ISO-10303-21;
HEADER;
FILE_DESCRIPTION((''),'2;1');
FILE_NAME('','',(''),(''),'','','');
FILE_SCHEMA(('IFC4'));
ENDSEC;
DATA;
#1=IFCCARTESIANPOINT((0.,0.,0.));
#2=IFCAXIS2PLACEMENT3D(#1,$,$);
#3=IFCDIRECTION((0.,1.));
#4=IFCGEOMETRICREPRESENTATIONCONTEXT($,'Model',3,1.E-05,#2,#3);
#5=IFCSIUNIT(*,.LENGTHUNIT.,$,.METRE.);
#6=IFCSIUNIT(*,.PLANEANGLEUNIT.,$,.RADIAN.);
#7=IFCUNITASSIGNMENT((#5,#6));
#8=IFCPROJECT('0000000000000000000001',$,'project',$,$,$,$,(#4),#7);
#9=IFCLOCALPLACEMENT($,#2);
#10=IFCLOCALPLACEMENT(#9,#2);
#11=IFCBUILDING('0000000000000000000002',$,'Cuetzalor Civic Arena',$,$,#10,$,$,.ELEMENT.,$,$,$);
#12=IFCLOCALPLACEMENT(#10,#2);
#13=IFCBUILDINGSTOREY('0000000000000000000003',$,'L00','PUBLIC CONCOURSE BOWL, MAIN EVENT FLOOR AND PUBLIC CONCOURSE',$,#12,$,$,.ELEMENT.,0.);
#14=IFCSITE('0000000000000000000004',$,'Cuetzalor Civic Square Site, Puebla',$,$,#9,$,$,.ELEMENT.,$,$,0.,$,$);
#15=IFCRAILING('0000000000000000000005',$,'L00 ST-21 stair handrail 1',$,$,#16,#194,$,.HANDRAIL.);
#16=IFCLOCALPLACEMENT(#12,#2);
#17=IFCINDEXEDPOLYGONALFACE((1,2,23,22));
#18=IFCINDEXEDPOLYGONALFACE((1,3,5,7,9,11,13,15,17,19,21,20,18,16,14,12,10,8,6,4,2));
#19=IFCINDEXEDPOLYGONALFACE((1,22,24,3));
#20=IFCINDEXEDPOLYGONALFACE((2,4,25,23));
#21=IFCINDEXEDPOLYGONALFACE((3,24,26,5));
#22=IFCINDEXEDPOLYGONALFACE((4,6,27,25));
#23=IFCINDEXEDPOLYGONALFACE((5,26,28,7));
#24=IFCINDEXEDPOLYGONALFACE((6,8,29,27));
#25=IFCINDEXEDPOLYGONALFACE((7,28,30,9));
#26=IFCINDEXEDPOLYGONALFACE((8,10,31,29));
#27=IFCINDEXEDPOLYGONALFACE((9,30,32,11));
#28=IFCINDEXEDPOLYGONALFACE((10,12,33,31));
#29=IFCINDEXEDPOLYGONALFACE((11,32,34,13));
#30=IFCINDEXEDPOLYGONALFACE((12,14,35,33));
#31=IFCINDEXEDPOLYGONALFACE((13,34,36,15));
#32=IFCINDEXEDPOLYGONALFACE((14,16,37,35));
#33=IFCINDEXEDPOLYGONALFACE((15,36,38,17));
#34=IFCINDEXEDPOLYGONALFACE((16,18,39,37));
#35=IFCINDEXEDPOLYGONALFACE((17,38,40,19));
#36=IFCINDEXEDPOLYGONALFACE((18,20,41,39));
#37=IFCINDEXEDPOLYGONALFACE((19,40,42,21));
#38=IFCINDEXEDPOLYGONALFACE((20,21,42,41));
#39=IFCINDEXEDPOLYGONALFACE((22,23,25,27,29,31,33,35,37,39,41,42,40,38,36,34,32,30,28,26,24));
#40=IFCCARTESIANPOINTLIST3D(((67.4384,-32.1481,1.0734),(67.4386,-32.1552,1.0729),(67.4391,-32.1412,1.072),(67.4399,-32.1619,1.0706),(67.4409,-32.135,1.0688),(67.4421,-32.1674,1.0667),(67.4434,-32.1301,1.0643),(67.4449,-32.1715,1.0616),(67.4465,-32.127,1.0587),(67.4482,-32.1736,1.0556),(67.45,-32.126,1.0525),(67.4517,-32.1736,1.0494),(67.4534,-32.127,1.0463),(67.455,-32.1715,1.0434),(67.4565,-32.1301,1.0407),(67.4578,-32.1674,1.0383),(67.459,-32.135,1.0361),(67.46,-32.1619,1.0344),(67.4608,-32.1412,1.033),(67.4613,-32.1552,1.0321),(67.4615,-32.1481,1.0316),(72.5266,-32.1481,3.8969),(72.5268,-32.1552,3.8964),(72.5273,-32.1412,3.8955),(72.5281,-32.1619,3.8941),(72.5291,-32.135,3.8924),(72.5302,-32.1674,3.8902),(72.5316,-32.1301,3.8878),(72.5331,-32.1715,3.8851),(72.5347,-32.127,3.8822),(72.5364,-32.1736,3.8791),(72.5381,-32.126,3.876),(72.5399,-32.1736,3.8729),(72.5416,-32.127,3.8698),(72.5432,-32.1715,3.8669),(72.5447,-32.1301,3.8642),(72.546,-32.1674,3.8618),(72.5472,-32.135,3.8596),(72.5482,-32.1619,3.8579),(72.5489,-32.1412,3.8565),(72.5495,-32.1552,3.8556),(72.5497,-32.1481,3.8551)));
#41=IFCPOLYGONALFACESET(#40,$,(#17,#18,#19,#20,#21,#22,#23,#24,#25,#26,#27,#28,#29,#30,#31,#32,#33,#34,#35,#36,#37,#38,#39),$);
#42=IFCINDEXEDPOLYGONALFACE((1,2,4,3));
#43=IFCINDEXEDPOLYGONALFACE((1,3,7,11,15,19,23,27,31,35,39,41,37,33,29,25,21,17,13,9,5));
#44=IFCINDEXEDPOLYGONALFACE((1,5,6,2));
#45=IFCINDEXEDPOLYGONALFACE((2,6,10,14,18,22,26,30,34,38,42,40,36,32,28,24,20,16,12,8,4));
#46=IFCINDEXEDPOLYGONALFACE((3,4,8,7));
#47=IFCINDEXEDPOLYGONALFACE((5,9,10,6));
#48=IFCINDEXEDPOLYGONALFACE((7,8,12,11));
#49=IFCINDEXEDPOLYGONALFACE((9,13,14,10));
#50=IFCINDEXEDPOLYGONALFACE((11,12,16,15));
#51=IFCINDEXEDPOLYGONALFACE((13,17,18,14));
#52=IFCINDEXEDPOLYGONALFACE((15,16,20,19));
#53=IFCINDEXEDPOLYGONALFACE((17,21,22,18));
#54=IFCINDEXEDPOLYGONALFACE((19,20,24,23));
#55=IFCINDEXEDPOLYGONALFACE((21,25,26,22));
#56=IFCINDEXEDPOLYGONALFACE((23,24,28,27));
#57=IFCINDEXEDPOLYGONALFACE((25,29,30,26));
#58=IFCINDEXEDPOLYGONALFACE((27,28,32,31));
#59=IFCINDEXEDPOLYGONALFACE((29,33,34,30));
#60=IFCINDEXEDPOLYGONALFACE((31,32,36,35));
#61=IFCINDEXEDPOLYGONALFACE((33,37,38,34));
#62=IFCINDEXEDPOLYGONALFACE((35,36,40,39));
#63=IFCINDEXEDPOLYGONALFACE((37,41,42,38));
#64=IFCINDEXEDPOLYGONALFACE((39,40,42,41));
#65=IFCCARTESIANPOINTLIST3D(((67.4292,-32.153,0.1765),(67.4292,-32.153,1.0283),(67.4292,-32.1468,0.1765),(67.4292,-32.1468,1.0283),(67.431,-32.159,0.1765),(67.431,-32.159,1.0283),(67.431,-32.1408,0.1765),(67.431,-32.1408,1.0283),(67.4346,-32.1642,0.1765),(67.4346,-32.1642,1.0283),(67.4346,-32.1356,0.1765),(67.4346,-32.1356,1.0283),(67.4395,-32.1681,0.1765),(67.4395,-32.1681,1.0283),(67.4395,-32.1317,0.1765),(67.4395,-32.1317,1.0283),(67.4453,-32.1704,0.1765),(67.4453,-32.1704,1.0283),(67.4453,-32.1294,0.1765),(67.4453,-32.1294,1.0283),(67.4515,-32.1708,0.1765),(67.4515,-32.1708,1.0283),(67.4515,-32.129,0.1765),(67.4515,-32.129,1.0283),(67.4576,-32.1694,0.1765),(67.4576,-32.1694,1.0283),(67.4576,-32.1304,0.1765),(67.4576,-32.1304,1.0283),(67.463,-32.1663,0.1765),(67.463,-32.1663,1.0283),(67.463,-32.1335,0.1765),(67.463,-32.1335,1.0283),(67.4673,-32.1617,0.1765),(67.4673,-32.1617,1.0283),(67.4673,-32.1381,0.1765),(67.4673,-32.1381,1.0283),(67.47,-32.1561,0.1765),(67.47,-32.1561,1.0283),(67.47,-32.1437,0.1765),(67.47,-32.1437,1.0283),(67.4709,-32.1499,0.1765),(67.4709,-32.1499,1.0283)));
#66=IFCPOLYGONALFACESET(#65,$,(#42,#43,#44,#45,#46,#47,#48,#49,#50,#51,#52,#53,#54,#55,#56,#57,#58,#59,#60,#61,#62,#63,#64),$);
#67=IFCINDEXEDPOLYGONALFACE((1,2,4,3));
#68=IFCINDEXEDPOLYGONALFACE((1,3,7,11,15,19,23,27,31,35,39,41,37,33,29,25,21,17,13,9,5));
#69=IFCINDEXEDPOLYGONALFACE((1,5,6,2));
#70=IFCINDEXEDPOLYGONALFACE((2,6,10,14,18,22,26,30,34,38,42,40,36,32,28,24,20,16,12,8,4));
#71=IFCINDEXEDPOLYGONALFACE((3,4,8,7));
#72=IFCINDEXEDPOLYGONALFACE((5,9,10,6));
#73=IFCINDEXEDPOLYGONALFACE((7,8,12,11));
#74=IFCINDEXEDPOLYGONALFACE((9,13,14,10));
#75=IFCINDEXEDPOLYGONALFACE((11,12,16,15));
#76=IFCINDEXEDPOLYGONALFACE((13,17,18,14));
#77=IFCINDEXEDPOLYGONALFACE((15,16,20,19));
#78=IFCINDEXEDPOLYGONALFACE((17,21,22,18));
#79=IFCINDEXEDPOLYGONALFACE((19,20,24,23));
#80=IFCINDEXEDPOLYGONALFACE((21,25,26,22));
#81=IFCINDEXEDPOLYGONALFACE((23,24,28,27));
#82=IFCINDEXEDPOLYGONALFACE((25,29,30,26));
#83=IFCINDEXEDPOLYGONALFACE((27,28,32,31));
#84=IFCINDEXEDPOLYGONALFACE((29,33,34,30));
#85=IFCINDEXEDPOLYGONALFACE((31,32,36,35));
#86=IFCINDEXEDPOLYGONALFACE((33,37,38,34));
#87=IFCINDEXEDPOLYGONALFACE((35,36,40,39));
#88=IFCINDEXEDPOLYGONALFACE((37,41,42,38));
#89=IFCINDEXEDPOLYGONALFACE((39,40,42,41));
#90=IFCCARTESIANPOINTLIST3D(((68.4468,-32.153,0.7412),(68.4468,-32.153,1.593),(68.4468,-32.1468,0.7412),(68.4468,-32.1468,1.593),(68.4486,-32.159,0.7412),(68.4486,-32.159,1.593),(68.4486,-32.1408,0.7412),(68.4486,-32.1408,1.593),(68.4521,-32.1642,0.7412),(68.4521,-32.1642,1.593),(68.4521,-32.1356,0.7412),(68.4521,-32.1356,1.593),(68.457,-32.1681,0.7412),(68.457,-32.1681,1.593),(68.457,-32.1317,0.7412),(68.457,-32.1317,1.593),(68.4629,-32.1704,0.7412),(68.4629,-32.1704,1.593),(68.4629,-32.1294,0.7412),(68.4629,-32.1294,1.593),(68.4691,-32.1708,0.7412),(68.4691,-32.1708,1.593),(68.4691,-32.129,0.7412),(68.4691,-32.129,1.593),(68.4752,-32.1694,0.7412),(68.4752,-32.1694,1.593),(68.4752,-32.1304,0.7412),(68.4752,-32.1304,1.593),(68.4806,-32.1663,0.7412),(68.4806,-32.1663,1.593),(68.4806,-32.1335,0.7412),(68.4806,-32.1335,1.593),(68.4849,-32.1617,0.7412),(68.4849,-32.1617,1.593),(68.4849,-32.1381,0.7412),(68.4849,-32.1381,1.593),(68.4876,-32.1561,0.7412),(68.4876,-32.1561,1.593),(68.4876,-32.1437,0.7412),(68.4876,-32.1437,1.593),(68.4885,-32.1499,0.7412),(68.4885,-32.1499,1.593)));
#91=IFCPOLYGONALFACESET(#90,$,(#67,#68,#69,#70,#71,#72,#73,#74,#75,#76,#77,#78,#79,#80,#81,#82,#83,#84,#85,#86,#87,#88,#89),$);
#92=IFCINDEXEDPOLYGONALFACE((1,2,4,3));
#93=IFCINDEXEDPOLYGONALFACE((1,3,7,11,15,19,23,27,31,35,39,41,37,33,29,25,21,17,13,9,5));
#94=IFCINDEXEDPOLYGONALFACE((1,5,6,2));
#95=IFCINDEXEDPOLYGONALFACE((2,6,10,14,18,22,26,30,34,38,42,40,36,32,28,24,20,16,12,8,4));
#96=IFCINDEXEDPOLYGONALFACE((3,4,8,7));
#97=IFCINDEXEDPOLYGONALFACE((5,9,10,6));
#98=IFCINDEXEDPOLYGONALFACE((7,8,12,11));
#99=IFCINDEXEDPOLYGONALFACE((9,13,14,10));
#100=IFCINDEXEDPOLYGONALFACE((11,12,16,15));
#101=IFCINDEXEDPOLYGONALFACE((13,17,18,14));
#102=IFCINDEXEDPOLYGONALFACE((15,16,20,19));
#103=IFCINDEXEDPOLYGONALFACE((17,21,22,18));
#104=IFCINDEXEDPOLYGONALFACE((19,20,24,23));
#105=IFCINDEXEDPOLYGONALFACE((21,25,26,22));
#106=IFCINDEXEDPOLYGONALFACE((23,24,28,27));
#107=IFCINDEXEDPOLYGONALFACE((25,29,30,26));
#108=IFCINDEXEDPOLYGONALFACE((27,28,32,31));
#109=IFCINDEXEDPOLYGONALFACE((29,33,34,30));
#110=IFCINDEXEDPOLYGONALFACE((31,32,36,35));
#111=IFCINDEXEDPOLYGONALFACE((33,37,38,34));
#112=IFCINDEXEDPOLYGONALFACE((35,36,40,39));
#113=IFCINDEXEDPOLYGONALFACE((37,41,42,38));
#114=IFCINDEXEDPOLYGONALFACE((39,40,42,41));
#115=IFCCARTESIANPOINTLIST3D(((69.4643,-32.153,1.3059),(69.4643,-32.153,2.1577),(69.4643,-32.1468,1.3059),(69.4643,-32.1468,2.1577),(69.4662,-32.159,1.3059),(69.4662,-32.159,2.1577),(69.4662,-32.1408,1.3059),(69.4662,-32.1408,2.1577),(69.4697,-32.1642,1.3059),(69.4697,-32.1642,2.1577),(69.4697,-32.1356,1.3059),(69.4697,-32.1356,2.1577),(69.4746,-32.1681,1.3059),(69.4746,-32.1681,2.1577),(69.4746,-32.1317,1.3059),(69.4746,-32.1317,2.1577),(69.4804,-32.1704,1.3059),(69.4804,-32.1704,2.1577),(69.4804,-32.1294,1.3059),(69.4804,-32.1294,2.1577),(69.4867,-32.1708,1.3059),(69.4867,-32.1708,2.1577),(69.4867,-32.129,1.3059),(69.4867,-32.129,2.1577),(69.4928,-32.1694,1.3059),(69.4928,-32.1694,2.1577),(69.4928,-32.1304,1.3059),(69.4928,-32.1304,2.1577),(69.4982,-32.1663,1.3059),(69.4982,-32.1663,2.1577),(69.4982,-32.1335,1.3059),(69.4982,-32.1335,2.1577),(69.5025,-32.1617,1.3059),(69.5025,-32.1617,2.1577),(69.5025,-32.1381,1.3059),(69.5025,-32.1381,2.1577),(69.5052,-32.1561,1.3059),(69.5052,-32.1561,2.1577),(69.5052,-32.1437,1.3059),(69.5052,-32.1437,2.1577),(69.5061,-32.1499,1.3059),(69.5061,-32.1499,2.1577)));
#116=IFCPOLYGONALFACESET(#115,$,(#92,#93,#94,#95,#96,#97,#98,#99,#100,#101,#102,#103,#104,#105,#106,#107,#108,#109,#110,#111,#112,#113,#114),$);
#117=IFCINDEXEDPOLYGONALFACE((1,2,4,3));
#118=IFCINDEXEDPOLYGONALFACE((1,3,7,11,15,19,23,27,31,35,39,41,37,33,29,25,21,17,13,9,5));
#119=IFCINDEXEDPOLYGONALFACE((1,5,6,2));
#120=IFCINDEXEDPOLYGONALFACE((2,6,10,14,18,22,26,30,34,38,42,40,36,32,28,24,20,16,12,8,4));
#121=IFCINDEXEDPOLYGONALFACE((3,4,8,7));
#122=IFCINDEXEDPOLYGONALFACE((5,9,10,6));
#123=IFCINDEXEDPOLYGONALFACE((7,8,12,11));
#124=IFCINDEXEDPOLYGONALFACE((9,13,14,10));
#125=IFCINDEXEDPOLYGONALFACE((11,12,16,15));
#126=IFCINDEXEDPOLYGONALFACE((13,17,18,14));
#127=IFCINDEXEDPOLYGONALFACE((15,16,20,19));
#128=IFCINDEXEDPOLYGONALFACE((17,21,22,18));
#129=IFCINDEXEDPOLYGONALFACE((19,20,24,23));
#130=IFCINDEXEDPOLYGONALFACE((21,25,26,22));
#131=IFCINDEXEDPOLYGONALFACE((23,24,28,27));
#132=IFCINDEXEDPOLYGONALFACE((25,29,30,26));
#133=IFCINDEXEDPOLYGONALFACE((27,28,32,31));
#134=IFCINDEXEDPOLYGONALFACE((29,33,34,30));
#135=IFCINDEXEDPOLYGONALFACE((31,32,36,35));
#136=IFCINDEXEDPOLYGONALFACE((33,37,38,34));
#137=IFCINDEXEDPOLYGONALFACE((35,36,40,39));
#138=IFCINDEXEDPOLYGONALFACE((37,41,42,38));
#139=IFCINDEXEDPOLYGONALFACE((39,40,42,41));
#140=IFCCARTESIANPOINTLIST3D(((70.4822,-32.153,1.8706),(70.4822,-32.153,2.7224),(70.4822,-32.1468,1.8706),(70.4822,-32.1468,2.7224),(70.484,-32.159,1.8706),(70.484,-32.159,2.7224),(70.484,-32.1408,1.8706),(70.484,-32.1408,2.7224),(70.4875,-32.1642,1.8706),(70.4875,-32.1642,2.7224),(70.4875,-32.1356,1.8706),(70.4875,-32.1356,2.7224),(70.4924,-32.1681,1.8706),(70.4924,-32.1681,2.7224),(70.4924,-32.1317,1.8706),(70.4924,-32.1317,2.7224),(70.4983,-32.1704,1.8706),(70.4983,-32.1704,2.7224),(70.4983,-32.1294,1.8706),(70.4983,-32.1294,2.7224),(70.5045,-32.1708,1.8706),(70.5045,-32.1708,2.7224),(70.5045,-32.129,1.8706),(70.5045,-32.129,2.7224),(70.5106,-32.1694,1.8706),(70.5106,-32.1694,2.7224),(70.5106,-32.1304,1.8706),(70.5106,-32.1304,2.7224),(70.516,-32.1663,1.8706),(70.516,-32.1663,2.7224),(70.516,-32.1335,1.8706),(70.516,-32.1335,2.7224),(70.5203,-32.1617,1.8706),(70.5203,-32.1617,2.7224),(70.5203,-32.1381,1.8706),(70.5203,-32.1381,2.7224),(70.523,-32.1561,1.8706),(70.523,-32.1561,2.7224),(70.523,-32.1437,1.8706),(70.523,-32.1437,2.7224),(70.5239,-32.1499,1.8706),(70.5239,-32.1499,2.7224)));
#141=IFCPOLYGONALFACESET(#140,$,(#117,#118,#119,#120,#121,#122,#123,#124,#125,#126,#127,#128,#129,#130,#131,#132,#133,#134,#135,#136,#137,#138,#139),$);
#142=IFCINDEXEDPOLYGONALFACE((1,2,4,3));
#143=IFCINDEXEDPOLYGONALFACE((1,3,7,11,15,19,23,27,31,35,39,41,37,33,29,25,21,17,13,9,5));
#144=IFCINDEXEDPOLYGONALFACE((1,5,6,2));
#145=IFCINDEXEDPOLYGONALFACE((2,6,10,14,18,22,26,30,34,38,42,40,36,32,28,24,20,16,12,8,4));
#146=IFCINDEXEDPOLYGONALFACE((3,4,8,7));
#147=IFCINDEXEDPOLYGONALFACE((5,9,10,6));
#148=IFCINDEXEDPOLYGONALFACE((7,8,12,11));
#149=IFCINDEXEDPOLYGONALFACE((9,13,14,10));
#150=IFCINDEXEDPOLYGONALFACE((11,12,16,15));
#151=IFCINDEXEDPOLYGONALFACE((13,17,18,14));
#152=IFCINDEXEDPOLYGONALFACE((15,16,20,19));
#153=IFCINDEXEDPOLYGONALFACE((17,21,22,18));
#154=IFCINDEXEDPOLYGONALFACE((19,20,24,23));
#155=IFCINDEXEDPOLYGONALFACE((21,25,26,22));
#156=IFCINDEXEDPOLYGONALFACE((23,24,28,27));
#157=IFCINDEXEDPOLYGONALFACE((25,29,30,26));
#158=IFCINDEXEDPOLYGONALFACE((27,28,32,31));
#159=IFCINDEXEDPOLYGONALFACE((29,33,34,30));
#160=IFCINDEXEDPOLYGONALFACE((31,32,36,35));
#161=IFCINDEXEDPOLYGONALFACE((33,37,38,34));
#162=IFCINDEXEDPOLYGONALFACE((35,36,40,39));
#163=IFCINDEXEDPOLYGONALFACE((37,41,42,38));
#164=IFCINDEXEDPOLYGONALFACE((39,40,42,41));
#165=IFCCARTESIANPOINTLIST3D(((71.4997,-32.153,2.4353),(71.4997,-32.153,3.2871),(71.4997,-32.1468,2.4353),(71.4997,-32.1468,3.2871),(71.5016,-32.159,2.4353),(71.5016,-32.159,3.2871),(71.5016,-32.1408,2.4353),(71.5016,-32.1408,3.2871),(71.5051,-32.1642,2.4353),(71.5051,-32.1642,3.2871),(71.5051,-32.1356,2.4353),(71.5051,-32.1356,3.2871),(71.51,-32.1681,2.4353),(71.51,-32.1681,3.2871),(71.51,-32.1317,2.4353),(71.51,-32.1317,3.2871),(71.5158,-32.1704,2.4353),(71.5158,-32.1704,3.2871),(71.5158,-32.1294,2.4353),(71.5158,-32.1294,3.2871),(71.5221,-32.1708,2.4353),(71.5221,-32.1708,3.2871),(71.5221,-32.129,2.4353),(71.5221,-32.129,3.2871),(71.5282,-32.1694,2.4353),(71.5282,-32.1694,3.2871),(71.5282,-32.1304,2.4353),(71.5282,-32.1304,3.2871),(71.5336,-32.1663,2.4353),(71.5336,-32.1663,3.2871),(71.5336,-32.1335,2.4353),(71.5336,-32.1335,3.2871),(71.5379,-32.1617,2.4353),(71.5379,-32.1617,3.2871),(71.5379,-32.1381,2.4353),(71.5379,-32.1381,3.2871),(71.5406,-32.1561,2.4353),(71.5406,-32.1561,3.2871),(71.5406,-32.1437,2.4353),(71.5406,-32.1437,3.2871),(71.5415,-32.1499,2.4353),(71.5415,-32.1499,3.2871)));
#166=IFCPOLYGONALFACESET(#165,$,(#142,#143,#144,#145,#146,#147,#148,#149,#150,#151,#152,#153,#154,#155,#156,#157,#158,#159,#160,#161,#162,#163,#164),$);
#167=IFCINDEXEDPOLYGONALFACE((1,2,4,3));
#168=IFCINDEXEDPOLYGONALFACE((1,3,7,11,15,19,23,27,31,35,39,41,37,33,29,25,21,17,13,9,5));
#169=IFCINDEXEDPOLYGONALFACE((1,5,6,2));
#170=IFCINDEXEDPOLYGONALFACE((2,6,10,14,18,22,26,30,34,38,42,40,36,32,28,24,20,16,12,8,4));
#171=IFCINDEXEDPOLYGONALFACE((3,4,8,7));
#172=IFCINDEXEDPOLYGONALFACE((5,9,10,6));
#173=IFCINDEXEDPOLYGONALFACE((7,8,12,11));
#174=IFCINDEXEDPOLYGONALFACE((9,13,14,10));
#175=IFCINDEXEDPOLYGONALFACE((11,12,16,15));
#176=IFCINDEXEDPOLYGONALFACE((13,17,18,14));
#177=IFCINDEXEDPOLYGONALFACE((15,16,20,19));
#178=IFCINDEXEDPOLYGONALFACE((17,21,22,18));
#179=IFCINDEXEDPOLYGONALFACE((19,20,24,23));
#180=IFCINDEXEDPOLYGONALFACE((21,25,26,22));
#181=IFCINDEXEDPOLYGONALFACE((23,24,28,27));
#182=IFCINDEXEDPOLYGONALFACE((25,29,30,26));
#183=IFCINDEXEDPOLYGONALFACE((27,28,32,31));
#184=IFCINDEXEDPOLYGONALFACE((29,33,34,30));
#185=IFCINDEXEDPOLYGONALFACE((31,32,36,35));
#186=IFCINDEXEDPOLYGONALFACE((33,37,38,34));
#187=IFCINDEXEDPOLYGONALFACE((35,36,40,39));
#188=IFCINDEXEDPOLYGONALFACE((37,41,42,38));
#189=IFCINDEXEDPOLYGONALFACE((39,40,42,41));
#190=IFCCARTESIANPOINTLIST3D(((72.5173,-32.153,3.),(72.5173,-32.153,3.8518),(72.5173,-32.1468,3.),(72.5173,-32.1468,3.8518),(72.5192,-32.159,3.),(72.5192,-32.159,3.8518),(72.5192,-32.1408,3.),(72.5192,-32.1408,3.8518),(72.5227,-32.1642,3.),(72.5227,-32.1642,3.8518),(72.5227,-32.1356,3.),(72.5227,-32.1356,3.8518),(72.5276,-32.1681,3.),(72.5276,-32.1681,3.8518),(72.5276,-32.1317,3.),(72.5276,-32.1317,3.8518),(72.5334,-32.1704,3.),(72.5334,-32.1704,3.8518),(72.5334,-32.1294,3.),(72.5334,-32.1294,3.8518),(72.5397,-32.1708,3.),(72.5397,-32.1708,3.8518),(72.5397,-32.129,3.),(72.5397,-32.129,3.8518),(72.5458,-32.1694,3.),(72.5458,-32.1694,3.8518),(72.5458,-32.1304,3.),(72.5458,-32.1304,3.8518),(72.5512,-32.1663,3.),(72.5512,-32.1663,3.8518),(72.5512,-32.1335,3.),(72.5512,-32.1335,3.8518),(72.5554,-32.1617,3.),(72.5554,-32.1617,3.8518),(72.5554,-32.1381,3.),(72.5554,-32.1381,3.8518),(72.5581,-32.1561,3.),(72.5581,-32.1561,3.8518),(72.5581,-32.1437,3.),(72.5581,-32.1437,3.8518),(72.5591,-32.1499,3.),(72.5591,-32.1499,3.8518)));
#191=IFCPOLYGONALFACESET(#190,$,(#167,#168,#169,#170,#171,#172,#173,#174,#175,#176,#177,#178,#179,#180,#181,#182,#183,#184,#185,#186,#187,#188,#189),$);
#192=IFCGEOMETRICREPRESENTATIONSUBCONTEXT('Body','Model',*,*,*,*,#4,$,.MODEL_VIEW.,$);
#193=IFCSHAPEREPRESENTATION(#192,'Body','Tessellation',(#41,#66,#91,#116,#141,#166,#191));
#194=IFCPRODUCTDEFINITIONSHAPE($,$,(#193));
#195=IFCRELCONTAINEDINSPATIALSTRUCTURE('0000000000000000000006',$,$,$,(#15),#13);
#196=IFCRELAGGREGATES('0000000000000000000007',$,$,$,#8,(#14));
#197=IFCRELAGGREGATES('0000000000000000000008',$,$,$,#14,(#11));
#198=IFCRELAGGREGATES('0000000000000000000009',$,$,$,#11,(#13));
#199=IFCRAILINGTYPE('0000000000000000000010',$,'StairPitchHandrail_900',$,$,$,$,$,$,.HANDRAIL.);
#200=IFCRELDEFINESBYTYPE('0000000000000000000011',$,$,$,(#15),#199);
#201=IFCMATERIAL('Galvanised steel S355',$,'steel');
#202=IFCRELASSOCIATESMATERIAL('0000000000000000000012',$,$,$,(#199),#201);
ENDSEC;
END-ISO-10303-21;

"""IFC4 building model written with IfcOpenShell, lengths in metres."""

from ifc_helpers import new_model, si_unit, direction, frame, origin, origin_2d, place, context, subcontext, project, spatial, circle, extrude, material, type_object, element, save


model = new_model("IFC4")

# Units and contexts
model_context = context("Model", 3, precision=1e-05, world=origin(), true_north=direction((0.0, 1.0)))
body_context = subcontext(model_context, "Body", "Model", "MODEL_VIEW")
ifc_project = project(units=[si_unit("LENGTHUNIT", "METRE"), si_unit("PLANEANGLEUNIT", "RADIAN")], contexts=[model_context])

# Site, building, storey
site_placement = place(None, origin())
site = spatial("IfcSite", under=ifc_project, at=site_placement, Name="Cuetzalor Civic Square Site, Puebla", CompositionType="ELEMENT", RefElevation=0.0)
building_placement = place(site_placement, origin())
building = spatial("IfcBuilding", under=site, at=building_placement, Name="Cuetzalor Civic Arena", CompositionType="ELEMENT")
storey_placement = place(building_placement, origin())
storey = spatial("IfcBuildingStorey", under=building, at=storey_placement, Name="L00", Description="PUBLIC CONCOURSE BOWL, MAIN EVENT FLOOR AND PUBLIC CONCOURSE", CompositionType="ELEMENT", Elevation=0.0)

# Railing
ifc_material_1 = material(Name="Galvanised steel S355", Category="steel")
railing_type_1 = type_object("IfcRailingType", Name="StairPitchHandrail_900", PredefinedType="HANDRAIL", material=ifc_material_1)
railing_1_placement = place(storey_placement, frame((67.45, -32.1499, 0.1765)))
element("IfcRailing", 1, at=railing_1_placement, inside=storey, type_object=railing_type_1, Name="L00 ST-21 stair handrail 1", PredefinedType="HANDRAIL", context=body_context, shape_type="SweptSolid", body=[
    extrude(circle(Radius=0.0239, at=origin_2d()), frame((0.0, 0.0, 0.876), z_axis=(0.874395, 0.0, 0.485215), x_axis=(0.0, 1.0, 0.0)), (0.0, 0.0, 1.0), 5.8191),
    extrude(circle(Radius=0.021, at=origin_2d()), origin(), (0.0, 0.0, 1.0), 0.8518),
    extrude(circle(Radius=0.021, at=origin_2d()), frame((1.0176, 0.0, 0.5647)), (0.0, 0.0, 1.0), 0.8518),
    extrude(circle(Radius=0.021, at=origin_2d()), frame((2.0352, 0.0, 1.1294)), (0.0, 0.0, 1.0), 0.8518),
    extrude(circle(Radius=0.021, at=origin_2d()), frame((3.053, 0.0, 1.6941)), (0.0, 0.0, 1.0), 0.8518),
    extrude(circle(Radius=0.021, at=origin_2d()), frame((4.0706, 0.0, 2.2588)), (0.0, 0.0, 1.0), 0.8518),
    extrude(circle(Radius=0.021, at=origin_2d()), frame((5.0881, 0.0, 2.8235)), (0.0, 0.0, 1.0), 0.8518),
])

save(model, "model.ifc")
